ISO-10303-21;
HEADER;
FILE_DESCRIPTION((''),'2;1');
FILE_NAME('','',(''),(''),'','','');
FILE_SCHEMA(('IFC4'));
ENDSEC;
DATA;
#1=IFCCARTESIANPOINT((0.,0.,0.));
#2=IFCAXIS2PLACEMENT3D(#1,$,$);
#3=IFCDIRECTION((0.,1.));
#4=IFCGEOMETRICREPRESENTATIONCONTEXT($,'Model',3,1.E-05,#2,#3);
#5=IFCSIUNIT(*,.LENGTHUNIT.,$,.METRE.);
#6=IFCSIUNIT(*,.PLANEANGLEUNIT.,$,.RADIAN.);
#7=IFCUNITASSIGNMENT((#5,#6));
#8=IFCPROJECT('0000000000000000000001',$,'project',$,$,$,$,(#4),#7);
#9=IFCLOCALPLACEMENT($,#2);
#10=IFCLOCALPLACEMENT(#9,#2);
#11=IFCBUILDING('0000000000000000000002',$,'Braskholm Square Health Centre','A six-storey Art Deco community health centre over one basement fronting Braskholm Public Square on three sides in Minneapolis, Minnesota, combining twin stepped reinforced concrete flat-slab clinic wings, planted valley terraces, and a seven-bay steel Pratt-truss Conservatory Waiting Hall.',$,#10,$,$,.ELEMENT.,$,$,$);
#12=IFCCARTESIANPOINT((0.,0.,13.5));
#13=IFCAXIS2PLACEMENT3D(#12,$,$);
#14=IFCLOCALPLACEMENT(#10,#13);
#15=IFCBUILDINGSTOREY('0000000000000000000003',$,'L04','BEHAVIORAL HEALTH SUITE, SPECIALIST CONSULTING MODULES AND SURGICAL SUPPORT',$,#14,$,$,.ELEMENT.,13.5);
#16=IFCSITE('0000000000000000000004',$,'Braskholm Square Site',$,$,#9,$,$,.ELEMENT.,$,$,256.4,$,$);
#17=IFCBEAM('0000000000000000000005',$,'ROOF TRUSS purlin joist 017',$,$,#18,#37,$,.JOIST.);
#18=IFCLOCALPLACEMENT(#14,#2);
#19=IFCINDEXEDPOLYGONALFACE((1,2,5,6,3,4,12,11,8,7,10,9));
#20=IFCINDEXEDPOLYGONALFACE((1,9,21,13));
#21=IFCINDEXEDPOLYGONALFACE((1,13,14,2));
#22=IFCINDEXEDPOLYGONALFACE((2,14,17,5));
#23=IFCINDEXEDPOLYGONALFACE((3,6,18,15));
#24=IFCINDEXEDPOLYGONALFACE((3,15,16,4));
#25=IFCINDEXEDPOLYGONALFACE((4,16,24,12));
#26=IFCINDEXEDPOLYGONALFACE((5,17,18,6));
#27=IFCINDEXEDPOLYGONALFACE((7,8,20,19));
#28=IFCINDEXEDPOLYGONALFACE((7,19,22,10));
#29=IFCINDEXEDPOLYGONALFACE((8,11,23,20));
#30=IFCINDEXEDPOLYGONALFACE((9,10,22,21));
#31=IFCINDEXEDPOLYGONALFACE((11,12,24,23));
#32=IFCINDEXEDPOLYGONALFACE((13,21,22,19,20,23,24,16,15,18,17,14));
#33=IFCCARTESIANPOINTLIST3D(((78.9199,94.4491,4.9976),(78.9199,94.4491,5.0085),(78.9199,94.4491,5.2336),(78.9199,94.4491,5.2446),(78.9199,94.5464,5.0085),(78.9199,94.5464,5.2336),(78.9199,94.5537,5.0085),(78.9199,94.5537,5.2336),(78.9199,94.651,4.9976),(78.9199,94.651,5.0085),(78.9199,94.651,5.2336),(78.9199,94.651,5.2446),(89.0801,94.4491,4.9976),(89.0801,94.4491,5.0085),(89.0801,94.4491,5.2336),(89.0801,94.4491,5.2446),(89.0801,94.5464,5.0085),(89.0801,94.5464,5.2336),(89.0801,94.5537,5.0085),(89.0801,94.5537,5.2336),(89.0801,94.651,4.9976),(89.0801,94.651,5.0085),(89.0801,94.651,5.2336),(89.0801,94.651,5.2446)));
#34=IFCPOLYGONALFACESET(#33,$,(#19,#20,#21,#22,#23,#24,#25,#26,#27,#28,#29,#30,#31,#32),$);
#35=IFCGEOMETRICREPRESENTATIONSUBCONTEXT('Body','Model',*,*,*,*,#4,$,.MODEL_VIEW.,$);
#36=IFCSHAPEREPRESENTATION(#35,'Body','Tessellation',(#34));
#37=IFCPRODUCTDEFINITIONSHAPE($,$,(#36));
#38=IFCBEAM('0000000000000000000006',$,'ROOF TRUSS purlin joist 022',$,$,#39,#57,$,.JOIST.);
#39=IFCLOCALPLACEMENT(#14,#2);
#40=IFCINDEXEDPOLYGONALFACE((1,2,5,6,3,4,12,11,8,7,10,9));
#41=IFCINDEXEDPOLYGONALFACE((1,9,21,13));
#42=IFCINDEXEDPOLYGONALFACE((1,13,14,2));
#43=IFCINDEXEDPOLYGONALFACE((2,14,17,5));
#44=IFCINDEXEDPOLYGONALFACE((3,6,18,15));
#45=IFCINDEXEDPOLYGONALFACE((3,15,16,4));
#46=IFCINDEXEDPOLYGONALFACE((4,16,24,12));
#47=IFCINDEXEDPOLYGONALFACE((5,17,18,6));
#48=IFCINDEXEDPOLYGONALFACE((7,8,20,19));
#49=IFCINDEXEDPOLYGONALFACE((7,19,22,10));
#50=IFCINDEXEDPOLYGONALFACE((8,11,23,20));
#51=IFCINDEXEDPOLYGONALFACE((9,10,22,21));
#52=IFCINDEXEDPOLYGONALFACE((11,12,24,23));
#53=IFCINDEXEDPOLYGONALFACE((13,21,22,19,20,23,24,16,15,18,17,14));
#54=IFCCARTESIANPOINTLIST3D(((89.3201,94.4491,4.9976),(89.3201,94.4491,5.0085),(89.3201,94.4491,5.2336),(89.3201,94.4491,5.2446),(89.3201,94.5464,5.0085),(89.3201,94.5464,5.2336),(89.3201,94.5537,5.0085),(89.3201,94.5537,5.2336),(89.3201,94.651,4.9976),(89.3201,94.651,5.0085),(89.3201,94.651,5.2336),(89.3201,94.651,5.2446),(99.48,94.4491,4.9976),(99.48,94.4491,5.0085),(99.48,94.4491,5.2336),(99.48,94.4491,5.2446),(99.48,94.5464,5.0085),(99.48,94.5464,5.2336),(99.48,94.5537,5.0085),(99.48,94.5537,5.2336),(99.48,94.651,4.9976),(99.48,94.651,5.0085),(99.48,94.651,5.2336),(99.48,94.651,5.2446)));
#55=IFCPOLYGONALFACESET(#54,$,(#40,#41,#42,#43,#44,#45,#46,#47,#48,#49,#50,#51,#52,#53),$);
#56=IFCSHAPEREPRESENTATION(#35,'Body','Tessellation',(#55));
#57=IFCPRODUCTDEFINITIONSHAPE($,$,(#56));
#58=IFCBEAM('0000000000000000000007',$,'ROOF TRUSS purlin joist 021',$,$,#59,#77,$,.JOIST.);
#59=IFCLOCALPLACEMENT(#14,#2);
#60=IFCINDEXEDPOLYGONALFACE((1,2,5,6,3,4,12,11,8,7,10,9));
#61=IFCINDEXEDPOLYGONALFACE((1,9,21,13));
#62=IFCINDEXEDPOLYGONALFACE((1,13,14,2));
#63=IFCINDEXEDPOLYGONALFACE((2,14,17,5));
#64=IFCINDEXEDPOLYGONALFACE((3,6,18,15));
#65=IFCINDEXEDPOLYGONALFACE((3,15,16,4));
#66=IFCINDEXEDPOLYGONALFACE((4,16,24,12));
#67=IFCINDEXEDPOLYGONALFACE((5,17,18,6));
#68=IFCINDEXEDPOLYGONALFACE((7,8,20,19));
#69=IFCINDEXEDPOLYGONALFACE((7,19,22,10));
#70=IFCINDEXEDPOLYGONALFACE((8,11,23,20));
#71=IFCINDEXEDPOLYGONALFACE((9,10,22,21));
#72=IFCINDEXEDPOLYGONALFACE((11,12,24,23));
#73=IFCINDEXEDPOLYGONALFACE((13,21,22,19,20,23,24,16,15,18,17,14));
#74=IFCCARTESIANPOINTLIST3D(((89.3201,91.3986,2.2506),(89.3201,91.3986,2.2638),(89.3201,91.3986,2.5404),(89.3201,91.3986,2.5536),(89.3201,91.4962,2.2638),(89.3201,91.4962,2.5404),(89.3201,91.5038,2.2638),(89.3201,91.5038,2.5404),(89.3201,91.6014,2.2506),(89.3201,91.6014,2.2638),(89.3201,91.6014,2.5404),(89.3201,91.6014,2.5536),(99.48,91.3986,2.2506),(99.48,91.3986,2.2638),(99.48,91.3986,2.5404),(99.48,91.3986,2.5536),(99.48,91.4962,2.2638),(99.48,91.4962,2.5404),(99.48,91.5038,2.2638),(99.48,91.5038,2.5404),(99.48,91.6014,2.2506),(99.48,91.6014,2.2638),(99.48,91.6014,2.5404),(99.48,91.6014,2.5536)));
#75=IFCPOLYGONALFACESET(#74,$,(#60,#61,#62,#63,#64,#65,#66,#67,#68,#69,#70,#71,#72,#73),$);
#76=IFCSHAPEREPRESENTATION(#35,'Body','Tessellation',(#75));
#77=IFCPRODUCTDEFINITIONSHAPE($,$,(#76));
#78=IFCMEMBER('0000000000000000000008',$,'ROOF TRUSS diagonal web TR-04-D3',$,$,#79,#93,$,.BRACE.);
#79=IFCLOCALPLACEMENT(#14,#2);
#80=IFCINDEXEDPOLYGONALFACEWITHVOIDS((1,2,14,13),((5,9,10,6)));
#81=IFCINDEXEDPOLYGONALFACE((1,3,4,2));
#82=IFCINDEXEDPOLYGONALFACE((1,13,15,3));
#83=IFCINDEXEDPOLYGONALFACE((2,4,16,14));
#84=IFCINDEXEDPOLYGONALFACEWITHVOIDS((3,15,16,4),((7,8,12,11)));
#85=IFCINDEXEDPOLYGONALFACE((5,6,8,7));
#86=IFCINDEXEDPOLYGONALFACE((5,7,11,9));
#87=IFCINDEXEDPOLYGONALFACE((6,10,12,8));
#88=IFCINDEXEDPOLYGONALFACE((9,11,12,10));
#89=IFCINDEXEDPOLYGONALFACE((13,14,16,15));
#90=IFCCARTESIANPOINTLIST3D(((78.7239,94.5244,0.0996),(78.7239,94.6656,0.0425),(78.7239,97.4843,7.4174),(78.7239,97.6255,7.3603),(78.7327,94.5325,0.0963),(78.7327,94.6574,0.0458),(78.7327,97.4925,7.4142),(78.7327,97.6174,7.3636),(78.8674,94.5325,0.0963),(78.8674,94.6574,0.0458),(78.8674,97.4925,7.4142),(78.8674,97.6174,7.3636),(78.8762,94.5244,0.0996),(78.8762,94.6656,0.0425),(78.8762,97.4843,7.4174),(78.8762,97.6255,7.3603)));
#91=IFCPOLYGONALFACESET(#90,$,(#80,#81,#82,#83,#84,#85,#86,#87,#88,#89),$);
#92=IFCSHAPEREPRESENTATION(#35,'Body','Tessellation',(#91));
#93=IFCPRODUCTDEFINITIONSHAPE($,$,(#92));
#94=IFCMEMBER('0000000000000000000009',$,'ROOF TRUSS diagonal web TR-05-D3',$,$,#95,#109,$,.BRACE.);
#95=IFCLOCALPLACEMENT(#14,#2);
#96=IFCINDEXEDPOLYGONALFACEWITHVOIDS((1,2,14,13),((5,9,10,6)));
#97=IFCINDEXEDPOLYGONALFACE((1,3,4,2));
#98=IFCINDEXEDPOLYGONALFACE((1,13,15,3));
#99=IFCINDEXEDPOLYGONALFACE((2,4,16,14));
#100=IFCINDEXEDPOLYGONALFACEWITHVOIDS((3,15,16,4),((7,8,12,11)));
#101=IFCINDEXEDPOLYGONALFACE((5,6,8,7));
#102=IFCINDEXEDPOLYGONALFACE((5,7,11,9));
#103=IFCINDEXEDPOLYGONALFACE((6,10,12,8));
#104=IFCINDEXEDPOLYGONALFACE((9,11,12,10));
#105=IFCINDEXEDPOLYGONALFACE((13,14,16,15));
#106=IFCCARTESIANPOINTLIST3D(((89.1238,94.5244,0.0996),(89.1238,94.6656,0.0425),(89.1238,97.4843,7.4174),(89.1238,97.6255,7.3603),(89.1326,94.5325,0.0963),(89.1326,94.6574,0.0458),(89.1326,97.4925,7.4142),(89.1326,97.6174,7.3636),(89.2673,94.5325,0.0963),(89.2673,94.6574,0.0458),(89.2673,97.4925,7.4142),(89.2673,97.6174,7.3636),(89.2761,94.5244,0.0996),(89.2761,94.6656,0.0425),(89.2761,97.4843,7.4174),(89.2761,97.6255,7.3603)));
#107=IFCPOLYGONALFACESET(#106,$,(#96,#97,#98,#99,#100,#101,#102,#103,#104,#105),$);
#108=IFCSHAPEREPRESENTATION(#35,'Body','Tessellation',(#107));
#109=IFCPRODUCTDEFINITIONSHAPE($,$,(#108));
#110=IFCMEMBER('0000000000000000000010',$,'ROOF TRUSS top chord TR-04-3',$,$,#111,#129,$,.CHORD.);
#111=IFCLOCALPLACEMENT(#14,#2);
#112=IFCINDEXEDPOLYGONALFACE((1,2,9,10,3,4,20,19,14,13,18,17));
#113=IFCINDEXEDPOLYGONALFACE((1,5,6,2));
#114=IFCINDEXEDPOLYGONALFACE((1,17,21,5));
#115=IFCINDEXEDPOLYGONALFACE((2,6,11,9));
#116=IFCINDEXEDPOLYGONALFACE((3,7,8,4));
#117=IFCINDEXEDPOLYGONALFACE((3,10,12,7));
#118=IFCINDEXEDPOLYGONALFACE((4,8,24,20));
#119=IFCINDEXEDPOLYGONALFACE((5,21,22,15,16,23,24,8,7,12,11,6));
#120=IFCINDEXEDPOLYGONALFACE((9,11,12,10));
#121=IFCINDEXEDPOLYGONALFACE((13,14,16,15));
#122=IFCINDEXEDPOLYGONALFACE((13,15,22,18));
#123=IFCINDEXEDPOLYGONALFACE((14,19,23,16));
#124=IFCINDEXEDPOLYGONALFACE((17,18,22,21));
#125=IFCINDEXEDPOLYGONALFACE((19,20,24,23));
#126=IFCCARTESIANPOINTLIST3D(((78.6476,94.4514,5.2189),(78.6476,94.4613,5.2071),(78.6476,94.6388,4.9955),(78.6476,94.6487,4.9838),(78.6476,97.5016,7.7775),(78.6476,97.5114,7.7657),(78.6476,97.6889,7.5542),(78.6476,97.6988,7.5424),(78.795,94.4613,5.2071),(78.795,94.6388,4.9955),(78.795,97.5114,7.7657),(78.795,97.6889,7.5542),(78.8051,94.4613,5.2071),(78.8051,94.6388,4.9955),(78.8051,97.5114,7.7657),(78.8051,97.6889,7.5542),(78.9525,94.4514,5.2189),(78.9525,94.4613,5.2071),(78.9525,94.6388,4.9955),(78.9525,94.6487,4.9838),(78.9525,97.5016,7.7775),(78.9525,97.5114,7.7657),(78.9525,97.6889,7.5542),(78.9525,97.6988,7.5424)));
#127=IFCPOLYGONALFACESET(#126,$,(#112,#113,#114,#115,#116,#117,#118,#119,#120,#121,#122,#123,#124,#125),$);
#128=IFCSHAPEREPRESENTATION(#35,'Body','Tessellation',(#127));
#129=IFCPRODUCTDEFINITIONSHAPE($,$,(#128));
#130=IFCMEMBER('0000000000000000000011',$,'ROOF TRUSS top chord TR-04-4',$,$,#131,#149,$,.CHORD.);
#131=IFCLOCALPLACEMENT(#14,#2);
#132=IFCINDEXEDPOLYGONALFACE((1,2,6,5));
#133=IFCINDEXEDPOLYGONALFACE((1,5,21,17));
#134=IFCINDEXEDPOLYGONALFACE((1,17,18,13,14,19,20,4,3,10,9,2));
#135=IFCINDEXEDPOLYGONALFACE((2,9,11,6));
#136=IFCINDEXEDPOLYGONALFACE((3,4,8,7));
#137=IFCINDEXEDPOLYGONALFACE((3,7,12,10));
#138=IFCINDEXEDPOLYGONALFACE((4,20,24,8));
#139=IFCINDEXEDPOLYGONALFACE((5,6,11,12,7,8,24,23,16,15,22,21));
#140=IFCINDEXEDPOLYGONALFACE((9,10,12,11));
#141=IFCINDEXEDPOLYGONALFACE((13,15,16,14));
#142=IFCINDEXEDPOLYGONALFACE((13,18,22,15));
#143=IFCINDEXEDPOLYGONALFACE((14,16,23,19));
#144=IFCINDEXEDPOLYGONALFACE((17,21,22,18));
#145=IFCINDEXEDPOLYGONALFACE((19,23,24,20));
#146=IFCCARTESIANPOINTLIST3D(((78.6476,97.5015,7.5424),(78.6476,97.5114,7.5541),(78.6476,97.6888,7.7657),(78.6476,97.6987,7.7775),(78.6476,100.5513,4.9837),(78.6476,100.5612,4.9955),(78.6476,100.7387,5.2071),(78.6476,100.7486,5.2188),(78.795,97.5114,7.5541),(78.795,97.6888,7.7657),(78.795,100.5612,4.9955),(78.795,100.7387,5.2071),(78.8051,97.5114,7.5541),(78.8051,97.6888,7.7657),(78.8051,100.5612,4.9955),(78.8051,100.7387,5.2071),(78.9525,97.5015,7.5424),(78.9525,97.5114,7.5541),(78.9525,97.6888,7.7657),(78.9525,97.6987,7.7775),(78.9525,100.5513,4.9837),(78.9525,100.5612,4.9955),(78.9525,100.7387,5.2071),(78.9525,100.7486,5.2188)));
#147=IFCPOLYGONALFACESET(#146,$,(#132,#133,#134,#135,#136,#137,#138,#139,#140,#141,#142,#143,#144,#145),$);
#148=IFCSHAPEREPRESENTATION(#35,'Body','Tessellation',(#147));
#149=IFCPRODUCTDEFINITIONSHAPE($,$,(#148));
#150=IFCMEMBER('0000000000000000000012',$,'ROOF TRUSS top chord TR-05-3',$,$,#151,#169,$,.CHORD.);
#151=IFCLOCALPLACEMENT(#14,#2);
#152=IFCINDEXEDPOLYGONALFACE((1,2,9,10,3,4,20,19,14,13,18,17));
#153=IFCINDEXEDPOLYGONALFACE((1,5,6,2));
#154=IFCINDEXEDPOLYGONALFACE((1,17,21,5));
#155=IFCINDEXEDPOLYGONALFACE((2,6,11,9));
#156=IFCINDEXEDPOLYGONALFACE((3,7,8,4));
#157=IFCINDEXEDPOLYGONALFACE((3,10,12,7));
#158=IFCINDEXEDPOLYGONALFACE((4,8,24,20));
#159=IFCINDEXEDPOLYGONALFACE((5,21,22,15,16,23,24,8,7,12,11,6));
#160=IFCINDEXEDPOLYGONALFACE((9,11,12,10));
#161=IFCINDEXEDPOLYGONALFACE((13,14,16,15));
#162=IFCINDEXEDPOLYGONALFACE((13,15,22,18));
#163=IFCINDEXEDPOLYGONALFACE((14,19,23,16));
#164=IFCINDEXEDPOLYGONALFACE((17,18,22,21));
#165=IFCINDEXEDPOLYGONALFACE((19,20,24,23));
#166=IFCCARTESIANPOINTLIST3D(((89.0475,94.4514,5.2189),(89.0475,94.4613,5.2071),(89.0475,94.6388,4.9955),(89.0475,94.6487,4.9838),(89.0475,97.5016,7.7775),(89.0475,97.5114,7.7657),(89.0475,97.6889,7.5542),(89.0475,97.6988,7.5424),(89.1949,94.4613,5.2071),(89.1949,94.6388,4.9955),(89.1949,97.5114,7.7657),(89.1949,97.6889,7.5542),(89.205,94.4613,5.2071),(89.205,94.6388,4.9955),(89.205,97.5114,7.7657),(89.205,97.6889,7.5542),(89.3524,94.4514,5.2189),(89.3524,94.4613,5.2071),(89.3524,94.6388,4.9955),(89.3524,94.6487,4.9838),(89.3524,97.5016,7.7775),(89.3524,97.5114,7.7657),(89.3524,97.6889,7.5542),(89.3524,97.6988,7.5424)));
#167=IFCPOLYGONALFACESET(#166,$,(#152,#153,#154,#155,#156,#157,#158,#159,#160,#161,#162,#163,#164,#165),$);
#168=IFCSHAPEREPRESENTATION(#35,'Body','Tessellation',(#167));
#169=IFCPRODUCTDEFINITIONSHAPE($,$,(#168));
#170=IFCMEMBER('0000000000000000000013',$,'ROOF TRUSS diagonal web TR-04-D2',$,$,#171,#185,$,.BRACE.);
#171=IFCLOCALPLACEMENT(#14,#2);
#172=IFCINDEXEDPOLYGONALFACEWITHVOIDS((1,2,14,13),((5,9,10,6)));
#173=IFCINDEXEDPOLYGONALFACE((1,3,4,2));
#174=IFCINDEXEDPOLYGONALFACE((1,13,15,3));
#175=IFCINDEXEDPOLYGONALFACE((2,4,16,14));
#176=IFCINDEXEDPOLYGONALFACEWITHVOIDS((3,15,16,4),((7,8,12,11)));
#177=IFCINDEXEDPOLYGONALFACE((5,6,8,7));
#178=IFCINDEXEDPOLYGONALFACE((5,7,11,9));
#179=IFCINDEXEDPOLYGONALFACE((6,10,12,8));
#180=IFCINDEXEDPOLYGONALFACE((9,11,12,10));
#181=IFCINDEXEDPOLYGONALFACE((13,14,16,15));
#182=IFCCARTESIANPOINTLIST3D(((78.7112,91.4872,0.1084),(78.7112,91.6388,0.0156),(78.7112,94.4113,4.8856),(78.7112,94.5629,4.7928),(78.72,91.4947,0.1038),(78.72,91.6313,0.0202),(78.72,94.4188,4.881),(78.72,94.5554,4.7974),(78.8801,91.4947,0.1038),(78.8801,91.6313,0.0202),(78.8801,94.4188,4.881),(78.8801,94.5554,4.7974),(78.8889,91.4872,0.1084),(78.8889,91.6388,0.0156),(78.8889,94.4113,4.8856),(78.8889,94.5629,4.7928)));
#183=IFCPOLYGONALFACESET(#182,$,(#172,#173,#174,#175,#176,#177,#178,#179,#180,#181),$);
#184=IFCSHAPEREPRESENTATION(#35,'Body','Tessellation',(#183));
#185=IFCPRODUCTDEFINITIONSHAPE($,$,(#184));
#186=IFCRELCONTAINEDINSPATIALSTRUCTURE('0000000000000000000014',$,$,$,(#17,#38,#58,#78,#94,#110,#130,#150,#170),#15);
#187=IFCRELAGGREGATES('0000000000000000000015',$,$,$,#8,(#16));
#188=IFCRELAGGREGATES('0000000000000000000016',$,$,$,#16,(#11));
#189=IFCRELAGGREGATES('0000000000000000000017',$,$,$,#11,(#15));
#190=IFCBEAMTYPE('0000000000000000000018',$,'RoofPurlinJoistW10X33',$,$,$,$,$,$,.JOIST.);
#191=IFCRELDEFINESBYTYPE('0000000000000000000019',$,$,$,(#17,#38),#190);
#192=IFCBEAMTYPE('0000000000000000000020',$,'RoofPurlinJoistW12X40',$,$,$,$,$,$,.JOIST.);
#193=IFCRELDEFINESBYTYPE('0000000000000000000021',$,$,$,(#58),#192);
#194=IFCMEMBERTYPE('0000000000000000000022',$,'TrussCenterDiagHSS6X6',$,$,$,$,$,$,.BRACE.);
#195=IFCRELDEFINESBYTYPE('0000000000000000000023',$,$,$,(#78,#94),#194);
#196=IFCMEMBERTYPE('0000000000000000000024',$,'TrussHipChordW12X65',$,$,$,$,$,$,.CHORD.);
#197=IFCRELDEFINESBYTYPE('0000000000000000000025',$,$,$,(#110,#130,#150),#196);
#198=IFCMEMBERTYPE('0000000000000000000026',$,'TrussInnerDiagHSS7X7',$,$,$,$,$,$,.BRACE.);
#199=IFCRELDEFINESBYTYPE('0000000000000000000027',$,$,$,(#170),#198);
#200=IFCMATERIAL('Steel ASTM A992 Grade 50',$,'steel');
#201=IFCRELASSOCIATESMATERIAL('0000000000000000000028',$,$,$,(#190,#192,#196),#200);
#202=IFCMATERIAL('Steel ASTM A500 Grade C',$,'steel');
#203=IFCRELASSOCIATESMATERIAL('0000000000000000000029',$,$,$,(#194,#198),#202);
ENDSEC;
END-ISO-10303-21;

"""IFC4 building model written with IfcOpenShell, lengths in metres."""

from ifc_helpers import new_model, si_unit, direction, frame, origin, origin_2d, place, context, subcontext, project, spatial, hollow_rectangle, i_section, extrude, material, material_profile, profile_set, type_object, element, save


model = new_model("IFC4")

# Units and contexts
model_context = context("Model", 3, precision=1e-05, world=origin(), true_north=direction((0.0, 1.0)))
body_context = subcontext(model_context, "Body", "Model", "MODEL_VIEW")
ifc_project = project(units=[si_unit("LENGTHUNIT", "METRE"), si_unit("PLANEANGLEUNIT", "RADIAN")], contexts=[model_context])

# Site, building, storey
site_placement = place(None, origin())
site = spatial("IfcSite", under=ifc_project, at=site_placement, Name="Braskholm Square Site", CompositionType="ELEMENT", RefElevation=256.4)
building_placement = place(site_placement, origin())
building = spatial("IfcBuilding", under=site, at=building_placement, Name="Braskholm Square Health Centre", Description="A six-storey Art Deco community health centre over one basement fronting Braskholm Public Square on three sides in Minneapolis, Minnesota, combining twin stepped reinforced concrete flat-slab clinic wings, planted valley terraces, and a seven-bay steel Pratt-truss Conservatory Waiting Hall.", CompositionType="ELEMENT")
storey_placement = place(building_placement, frame((0.0, 0.0, 13.5)))
storey = spatial("IfcBuildingStorey", under=building, at=storey_placement, Name="L04", Description="BEHAVIORAL HEALTH SUITE, SPECIALIST CONSULTING MODULES AND SURGICAL SUPPORT", CompositionType="ELEMENT", Elevation=13.5)

# Beams
ifc_material_1 = material(Name="Steel ASTM A992 Grade 50", Category="steel")
ifc_material_profile_1 = material_profile(ifc_material_1, i_section(OverallWidth=0.2019, OverallDepth=0.2471, WebThickness=0.0073, FlangeThickness=0.011, at=origin_2d()), Name="W10X33")
ifc_profile_set_1 = profile_set([ifc_material_profile_1], Name="Steel ASTM A992 Grade 50")
beam_type_1 = type_object("IfcBeamType", Name="RoofPurlinJoistW10X33", PredefinedType="JOIST", material=ifc_profile_set_1)
beam_1_placement = place(storey_placement, frame((78.9199, 94.55, 5.1211), z_axis=(1.0, 0.0, 0.0), x_axis=(0.0, 1.0, 0.0)))
element("IfcBeam", 1, at=beam_1_placement, inside=storey, type_object=beam_type_1, Name="ROOF TRUSS purlin joist 017", PredefinedType="JOIST", context=body_context, shape_type="SweptSolid", body=[
    extrude(i_section(OverallWidth=0.2019, OverallDepth=0.2471, WebThickness=0.0073, FlangeThickness=0.011, at=origin_2d()), origin(), (0.0, 0.0, 1.0), 10.1602),
])
beam_2_placement = place(storey_placement, frame((89.3201, 94.55, 5.1211), z_axis=(1.0, 0.0, 0.0), x_axis=(0.0, 1.0, 0.0)))
element("IfcBeam", 2, at=beam_2_placement, inside=storey, type_object=beam_type_1, Name="ROOF TRUSS purlin joist 022", PredefinedType="JOIST", context=body_context, shape_type="SweptSolid", body=[
    extrude(i_section(OverallWidth=0.2019, OverallDepth=0.2471, WebThickness=0.0073, FlangeThickness=0.011, at=origin_2d()), origin(), (0.0, 0.0, 1.0), 10.1599),
])
ifc_material_profile_2 = material_profile(ifc_material_1, i_section(OverallWidth=0.2029, OverallDepth=0.303, WebThickness=0.0076, FlangeThickness=0.0132, at=origin_2d()), Name="W12X40")
ifc_profile_set_2 = profile_set([ifc_material_profile_2], Name="Steel ASTM A992 Grade 50")
beam_type_2 = type_object("IfcBeamType", Name="RoofPurlinJoistW12X40", PredefinedType="JOIST", material=ifc_profile_set_2)
beam_3_placement = place(storey_placement, frame((89.3201, 91.5, 2.4021), z_axis=(1.0, 0.0, 0.0), x_axis=(0.0, 1.0, 0.0)))
element("IfcBeam", 3, at=beam_3_placement, inside=storey, type_object=beam_type_2, Name="ROOF TRUSS purlin joist 021", PredefinedType="JOIST", context=body_context, shape_type="SweptSolid", body=[
    extrude(i_section(OverallWidth=0.2029, OverallDepth=0.303, WebThickness=0.0076, FlangeThickness=0.0132, at=origin_2d()), origin(), (0.0, 0.0, 1.0), 10.1599),
])

# Members
ifc_material_2 = material(Name="Steel ASTM A500 Grade C", Category="steel")
ifc_material_profile_3 = material_profile(ifc_material_2, hollow_rectangle(XDim=0.1523, YDim=0.1523, WallThickness=0.0088, at=origin_2d()), Name="HSS6X6X3/8")
ifc_profile_set_3 = profile_set([ifc_material_profile_3], Name="Steel ASTM A500 Grade C")
member_type_1 = type_object("IfcMemberType", Name="TrussCenterDiagHSS6X6", PredefinedType="BRACE", material=ifc_profile_set_3)
for number, where, z_axis, x_axis, name in (
    (4, (78.8, 94.595, 0.071), (0.0, 0.374971, 0.927036), (-1.0, 0.0, 0.0), "ROOF TRUSS diagonal web TR-04-D3"),
    (5, (89.2, 94.595, 0.071), (0.0, 0.374971, 0.927036), (-1.0, 0.0, 0.0), "ROOF TRUSS diagonal web TR-05-D3"),
):
    element("IfcMember", number, at=place(storey_placement, frame(where, z_axis=z_axis, x_axis=x_axis)), inside=storey, type_object=member_type_1, Name=name, PredefinedType="BRACE", context=body_context, shape_type="SweptSolid", body=[
        extrude(hollow_rectangle(XDim=0.1523, YDim=0.1523, WallThickness=0.0088, at=origin_2d()), origin(), (0.0, 0.0, 1.0), 7.8938),
    ])
ifc_material_profile_4 = material_profile(ifc_material_1, i_section(OverallWidth=0.3049, OverallDepth=0.3069, WebThickness=0.01, FlangeThickness=0.0154, at=origin_2d()), Name="W12X65")
ifc_profile_set_4 = profile_set([ifc_material_profile_4], Name="Steel ASTM A992 Grade 50")
member_type_2 = type_object("IfcMemberType", Name="TrussHipChordW12X65", PredefinedType="CHORD", material=ifc_profile_set_4)
member_1_placement = place(storey_placement, frame((78.8, 94.55, 5.1013), z_axis=(0.0, 0.766131, 0.642684), x_axis=(-1.0, 0.0, 0.0)))
element("IfcMember", 6, at=member_1_placement, inside=storey, type_object=member_type_2, Name="ROOF TRUSS top chord TR-04-3", PredefinedType="CHORD", context=body_context, shape_type="SweptSolid", body=[
    extrude(i_section(OverallWidth=0.3049, OverallDepth=0.3069, WebThickness=0.01, FlangeThickness=0.0154, at=origin_2d()), origin(), (0.0, 0.0, 1.0), 3.9812),
])
member_2_placement = place(storey_placement, frame((78.8, 97.6001, 7.6599), z_axis=(0.0, 0.766106, -0.642714), x_axis=(-1.0, 0.0, 0.0)))
element("IfcMember", 7, at=member_2_placement, inside=storey, type_object=member_type_2, Name="ROOF TRUSS top chord TR-04-4", PredefinedType="CHORD", context=body_context, shape_type="SweptSolid", body=[
    extrude(i_section(OverallWidth=0.3049, OverallDepth=0.3069, WebThickness=0.01, FlangeThickness=0.0154, at=origin_2d()), origin(), (0.0, 0.0, 1.0), 3.981),
])
member_3_placement = place(storey_placement, frame((89.2, 94.55, 5.1013), z_axis=(0.0, 0.766131, 0.642684), x_axis=(-1.0, 0.0, 0.0)))
element("IfcMember", 8, at=member_3_placement, inside=storey, type_object=member_type_2, Name="ROOF TRUSS top chord TR-05-3", PredefinedType="CHORD", context=body_context, shape_type="SweptSolid", body=[
    extrude(i_section(OverallWidth=0.3049, OverallDepth=0.3069, WebThickness=0.01, FlangeThickness=0.0154, at=origin_2d()), origin(), (0.0, 0.0, 1.0), 3.9812),
])
ifc_material_profile_5 = material_profile(ifc_material_2, hollow_rectangle(XDim=0.1777, YDim=0.1777, WallThickness=0.0088, at=origin_2d()), Name="HSS7X7X3/8")
ifc_profile_set_5 = profile_set([ifc_material_profile_5], Name="Steel ASTM A500 Grade C")
member_type_3 = type_object("IfcMemberType", Name="TrussInnerDiagHSS7X7", PredefinedType="BRACE", material=ifc_profile_set_5)
for number, where, z_axis, x_axis, name in (
    (9, (78.8, 91.563, 0.062), (0.0, 0.522065, 0.852906), (-1.0, 0.0, 0.0), "ROOF TRUSS diagonal web TR-04-D2"),
):
    element("IfcMember", number, at=place(storey_placement, frame(where, z_axis=z_axis, x_axis=x_axis)), inside=storey, type_object=member_type_3, Name=name, PredefinedType="BRACE", context=body_context, shape_type="SweptSolid", body=[
        extrude(hollow_rectangle(XDim=0.1777, YDim=0.1777, WallThickness=0.0088, at=origin_2d()), origin(), (0.0, 0.0, 1.0), 5.6011),
    ])

save(model, "model.ifc")
